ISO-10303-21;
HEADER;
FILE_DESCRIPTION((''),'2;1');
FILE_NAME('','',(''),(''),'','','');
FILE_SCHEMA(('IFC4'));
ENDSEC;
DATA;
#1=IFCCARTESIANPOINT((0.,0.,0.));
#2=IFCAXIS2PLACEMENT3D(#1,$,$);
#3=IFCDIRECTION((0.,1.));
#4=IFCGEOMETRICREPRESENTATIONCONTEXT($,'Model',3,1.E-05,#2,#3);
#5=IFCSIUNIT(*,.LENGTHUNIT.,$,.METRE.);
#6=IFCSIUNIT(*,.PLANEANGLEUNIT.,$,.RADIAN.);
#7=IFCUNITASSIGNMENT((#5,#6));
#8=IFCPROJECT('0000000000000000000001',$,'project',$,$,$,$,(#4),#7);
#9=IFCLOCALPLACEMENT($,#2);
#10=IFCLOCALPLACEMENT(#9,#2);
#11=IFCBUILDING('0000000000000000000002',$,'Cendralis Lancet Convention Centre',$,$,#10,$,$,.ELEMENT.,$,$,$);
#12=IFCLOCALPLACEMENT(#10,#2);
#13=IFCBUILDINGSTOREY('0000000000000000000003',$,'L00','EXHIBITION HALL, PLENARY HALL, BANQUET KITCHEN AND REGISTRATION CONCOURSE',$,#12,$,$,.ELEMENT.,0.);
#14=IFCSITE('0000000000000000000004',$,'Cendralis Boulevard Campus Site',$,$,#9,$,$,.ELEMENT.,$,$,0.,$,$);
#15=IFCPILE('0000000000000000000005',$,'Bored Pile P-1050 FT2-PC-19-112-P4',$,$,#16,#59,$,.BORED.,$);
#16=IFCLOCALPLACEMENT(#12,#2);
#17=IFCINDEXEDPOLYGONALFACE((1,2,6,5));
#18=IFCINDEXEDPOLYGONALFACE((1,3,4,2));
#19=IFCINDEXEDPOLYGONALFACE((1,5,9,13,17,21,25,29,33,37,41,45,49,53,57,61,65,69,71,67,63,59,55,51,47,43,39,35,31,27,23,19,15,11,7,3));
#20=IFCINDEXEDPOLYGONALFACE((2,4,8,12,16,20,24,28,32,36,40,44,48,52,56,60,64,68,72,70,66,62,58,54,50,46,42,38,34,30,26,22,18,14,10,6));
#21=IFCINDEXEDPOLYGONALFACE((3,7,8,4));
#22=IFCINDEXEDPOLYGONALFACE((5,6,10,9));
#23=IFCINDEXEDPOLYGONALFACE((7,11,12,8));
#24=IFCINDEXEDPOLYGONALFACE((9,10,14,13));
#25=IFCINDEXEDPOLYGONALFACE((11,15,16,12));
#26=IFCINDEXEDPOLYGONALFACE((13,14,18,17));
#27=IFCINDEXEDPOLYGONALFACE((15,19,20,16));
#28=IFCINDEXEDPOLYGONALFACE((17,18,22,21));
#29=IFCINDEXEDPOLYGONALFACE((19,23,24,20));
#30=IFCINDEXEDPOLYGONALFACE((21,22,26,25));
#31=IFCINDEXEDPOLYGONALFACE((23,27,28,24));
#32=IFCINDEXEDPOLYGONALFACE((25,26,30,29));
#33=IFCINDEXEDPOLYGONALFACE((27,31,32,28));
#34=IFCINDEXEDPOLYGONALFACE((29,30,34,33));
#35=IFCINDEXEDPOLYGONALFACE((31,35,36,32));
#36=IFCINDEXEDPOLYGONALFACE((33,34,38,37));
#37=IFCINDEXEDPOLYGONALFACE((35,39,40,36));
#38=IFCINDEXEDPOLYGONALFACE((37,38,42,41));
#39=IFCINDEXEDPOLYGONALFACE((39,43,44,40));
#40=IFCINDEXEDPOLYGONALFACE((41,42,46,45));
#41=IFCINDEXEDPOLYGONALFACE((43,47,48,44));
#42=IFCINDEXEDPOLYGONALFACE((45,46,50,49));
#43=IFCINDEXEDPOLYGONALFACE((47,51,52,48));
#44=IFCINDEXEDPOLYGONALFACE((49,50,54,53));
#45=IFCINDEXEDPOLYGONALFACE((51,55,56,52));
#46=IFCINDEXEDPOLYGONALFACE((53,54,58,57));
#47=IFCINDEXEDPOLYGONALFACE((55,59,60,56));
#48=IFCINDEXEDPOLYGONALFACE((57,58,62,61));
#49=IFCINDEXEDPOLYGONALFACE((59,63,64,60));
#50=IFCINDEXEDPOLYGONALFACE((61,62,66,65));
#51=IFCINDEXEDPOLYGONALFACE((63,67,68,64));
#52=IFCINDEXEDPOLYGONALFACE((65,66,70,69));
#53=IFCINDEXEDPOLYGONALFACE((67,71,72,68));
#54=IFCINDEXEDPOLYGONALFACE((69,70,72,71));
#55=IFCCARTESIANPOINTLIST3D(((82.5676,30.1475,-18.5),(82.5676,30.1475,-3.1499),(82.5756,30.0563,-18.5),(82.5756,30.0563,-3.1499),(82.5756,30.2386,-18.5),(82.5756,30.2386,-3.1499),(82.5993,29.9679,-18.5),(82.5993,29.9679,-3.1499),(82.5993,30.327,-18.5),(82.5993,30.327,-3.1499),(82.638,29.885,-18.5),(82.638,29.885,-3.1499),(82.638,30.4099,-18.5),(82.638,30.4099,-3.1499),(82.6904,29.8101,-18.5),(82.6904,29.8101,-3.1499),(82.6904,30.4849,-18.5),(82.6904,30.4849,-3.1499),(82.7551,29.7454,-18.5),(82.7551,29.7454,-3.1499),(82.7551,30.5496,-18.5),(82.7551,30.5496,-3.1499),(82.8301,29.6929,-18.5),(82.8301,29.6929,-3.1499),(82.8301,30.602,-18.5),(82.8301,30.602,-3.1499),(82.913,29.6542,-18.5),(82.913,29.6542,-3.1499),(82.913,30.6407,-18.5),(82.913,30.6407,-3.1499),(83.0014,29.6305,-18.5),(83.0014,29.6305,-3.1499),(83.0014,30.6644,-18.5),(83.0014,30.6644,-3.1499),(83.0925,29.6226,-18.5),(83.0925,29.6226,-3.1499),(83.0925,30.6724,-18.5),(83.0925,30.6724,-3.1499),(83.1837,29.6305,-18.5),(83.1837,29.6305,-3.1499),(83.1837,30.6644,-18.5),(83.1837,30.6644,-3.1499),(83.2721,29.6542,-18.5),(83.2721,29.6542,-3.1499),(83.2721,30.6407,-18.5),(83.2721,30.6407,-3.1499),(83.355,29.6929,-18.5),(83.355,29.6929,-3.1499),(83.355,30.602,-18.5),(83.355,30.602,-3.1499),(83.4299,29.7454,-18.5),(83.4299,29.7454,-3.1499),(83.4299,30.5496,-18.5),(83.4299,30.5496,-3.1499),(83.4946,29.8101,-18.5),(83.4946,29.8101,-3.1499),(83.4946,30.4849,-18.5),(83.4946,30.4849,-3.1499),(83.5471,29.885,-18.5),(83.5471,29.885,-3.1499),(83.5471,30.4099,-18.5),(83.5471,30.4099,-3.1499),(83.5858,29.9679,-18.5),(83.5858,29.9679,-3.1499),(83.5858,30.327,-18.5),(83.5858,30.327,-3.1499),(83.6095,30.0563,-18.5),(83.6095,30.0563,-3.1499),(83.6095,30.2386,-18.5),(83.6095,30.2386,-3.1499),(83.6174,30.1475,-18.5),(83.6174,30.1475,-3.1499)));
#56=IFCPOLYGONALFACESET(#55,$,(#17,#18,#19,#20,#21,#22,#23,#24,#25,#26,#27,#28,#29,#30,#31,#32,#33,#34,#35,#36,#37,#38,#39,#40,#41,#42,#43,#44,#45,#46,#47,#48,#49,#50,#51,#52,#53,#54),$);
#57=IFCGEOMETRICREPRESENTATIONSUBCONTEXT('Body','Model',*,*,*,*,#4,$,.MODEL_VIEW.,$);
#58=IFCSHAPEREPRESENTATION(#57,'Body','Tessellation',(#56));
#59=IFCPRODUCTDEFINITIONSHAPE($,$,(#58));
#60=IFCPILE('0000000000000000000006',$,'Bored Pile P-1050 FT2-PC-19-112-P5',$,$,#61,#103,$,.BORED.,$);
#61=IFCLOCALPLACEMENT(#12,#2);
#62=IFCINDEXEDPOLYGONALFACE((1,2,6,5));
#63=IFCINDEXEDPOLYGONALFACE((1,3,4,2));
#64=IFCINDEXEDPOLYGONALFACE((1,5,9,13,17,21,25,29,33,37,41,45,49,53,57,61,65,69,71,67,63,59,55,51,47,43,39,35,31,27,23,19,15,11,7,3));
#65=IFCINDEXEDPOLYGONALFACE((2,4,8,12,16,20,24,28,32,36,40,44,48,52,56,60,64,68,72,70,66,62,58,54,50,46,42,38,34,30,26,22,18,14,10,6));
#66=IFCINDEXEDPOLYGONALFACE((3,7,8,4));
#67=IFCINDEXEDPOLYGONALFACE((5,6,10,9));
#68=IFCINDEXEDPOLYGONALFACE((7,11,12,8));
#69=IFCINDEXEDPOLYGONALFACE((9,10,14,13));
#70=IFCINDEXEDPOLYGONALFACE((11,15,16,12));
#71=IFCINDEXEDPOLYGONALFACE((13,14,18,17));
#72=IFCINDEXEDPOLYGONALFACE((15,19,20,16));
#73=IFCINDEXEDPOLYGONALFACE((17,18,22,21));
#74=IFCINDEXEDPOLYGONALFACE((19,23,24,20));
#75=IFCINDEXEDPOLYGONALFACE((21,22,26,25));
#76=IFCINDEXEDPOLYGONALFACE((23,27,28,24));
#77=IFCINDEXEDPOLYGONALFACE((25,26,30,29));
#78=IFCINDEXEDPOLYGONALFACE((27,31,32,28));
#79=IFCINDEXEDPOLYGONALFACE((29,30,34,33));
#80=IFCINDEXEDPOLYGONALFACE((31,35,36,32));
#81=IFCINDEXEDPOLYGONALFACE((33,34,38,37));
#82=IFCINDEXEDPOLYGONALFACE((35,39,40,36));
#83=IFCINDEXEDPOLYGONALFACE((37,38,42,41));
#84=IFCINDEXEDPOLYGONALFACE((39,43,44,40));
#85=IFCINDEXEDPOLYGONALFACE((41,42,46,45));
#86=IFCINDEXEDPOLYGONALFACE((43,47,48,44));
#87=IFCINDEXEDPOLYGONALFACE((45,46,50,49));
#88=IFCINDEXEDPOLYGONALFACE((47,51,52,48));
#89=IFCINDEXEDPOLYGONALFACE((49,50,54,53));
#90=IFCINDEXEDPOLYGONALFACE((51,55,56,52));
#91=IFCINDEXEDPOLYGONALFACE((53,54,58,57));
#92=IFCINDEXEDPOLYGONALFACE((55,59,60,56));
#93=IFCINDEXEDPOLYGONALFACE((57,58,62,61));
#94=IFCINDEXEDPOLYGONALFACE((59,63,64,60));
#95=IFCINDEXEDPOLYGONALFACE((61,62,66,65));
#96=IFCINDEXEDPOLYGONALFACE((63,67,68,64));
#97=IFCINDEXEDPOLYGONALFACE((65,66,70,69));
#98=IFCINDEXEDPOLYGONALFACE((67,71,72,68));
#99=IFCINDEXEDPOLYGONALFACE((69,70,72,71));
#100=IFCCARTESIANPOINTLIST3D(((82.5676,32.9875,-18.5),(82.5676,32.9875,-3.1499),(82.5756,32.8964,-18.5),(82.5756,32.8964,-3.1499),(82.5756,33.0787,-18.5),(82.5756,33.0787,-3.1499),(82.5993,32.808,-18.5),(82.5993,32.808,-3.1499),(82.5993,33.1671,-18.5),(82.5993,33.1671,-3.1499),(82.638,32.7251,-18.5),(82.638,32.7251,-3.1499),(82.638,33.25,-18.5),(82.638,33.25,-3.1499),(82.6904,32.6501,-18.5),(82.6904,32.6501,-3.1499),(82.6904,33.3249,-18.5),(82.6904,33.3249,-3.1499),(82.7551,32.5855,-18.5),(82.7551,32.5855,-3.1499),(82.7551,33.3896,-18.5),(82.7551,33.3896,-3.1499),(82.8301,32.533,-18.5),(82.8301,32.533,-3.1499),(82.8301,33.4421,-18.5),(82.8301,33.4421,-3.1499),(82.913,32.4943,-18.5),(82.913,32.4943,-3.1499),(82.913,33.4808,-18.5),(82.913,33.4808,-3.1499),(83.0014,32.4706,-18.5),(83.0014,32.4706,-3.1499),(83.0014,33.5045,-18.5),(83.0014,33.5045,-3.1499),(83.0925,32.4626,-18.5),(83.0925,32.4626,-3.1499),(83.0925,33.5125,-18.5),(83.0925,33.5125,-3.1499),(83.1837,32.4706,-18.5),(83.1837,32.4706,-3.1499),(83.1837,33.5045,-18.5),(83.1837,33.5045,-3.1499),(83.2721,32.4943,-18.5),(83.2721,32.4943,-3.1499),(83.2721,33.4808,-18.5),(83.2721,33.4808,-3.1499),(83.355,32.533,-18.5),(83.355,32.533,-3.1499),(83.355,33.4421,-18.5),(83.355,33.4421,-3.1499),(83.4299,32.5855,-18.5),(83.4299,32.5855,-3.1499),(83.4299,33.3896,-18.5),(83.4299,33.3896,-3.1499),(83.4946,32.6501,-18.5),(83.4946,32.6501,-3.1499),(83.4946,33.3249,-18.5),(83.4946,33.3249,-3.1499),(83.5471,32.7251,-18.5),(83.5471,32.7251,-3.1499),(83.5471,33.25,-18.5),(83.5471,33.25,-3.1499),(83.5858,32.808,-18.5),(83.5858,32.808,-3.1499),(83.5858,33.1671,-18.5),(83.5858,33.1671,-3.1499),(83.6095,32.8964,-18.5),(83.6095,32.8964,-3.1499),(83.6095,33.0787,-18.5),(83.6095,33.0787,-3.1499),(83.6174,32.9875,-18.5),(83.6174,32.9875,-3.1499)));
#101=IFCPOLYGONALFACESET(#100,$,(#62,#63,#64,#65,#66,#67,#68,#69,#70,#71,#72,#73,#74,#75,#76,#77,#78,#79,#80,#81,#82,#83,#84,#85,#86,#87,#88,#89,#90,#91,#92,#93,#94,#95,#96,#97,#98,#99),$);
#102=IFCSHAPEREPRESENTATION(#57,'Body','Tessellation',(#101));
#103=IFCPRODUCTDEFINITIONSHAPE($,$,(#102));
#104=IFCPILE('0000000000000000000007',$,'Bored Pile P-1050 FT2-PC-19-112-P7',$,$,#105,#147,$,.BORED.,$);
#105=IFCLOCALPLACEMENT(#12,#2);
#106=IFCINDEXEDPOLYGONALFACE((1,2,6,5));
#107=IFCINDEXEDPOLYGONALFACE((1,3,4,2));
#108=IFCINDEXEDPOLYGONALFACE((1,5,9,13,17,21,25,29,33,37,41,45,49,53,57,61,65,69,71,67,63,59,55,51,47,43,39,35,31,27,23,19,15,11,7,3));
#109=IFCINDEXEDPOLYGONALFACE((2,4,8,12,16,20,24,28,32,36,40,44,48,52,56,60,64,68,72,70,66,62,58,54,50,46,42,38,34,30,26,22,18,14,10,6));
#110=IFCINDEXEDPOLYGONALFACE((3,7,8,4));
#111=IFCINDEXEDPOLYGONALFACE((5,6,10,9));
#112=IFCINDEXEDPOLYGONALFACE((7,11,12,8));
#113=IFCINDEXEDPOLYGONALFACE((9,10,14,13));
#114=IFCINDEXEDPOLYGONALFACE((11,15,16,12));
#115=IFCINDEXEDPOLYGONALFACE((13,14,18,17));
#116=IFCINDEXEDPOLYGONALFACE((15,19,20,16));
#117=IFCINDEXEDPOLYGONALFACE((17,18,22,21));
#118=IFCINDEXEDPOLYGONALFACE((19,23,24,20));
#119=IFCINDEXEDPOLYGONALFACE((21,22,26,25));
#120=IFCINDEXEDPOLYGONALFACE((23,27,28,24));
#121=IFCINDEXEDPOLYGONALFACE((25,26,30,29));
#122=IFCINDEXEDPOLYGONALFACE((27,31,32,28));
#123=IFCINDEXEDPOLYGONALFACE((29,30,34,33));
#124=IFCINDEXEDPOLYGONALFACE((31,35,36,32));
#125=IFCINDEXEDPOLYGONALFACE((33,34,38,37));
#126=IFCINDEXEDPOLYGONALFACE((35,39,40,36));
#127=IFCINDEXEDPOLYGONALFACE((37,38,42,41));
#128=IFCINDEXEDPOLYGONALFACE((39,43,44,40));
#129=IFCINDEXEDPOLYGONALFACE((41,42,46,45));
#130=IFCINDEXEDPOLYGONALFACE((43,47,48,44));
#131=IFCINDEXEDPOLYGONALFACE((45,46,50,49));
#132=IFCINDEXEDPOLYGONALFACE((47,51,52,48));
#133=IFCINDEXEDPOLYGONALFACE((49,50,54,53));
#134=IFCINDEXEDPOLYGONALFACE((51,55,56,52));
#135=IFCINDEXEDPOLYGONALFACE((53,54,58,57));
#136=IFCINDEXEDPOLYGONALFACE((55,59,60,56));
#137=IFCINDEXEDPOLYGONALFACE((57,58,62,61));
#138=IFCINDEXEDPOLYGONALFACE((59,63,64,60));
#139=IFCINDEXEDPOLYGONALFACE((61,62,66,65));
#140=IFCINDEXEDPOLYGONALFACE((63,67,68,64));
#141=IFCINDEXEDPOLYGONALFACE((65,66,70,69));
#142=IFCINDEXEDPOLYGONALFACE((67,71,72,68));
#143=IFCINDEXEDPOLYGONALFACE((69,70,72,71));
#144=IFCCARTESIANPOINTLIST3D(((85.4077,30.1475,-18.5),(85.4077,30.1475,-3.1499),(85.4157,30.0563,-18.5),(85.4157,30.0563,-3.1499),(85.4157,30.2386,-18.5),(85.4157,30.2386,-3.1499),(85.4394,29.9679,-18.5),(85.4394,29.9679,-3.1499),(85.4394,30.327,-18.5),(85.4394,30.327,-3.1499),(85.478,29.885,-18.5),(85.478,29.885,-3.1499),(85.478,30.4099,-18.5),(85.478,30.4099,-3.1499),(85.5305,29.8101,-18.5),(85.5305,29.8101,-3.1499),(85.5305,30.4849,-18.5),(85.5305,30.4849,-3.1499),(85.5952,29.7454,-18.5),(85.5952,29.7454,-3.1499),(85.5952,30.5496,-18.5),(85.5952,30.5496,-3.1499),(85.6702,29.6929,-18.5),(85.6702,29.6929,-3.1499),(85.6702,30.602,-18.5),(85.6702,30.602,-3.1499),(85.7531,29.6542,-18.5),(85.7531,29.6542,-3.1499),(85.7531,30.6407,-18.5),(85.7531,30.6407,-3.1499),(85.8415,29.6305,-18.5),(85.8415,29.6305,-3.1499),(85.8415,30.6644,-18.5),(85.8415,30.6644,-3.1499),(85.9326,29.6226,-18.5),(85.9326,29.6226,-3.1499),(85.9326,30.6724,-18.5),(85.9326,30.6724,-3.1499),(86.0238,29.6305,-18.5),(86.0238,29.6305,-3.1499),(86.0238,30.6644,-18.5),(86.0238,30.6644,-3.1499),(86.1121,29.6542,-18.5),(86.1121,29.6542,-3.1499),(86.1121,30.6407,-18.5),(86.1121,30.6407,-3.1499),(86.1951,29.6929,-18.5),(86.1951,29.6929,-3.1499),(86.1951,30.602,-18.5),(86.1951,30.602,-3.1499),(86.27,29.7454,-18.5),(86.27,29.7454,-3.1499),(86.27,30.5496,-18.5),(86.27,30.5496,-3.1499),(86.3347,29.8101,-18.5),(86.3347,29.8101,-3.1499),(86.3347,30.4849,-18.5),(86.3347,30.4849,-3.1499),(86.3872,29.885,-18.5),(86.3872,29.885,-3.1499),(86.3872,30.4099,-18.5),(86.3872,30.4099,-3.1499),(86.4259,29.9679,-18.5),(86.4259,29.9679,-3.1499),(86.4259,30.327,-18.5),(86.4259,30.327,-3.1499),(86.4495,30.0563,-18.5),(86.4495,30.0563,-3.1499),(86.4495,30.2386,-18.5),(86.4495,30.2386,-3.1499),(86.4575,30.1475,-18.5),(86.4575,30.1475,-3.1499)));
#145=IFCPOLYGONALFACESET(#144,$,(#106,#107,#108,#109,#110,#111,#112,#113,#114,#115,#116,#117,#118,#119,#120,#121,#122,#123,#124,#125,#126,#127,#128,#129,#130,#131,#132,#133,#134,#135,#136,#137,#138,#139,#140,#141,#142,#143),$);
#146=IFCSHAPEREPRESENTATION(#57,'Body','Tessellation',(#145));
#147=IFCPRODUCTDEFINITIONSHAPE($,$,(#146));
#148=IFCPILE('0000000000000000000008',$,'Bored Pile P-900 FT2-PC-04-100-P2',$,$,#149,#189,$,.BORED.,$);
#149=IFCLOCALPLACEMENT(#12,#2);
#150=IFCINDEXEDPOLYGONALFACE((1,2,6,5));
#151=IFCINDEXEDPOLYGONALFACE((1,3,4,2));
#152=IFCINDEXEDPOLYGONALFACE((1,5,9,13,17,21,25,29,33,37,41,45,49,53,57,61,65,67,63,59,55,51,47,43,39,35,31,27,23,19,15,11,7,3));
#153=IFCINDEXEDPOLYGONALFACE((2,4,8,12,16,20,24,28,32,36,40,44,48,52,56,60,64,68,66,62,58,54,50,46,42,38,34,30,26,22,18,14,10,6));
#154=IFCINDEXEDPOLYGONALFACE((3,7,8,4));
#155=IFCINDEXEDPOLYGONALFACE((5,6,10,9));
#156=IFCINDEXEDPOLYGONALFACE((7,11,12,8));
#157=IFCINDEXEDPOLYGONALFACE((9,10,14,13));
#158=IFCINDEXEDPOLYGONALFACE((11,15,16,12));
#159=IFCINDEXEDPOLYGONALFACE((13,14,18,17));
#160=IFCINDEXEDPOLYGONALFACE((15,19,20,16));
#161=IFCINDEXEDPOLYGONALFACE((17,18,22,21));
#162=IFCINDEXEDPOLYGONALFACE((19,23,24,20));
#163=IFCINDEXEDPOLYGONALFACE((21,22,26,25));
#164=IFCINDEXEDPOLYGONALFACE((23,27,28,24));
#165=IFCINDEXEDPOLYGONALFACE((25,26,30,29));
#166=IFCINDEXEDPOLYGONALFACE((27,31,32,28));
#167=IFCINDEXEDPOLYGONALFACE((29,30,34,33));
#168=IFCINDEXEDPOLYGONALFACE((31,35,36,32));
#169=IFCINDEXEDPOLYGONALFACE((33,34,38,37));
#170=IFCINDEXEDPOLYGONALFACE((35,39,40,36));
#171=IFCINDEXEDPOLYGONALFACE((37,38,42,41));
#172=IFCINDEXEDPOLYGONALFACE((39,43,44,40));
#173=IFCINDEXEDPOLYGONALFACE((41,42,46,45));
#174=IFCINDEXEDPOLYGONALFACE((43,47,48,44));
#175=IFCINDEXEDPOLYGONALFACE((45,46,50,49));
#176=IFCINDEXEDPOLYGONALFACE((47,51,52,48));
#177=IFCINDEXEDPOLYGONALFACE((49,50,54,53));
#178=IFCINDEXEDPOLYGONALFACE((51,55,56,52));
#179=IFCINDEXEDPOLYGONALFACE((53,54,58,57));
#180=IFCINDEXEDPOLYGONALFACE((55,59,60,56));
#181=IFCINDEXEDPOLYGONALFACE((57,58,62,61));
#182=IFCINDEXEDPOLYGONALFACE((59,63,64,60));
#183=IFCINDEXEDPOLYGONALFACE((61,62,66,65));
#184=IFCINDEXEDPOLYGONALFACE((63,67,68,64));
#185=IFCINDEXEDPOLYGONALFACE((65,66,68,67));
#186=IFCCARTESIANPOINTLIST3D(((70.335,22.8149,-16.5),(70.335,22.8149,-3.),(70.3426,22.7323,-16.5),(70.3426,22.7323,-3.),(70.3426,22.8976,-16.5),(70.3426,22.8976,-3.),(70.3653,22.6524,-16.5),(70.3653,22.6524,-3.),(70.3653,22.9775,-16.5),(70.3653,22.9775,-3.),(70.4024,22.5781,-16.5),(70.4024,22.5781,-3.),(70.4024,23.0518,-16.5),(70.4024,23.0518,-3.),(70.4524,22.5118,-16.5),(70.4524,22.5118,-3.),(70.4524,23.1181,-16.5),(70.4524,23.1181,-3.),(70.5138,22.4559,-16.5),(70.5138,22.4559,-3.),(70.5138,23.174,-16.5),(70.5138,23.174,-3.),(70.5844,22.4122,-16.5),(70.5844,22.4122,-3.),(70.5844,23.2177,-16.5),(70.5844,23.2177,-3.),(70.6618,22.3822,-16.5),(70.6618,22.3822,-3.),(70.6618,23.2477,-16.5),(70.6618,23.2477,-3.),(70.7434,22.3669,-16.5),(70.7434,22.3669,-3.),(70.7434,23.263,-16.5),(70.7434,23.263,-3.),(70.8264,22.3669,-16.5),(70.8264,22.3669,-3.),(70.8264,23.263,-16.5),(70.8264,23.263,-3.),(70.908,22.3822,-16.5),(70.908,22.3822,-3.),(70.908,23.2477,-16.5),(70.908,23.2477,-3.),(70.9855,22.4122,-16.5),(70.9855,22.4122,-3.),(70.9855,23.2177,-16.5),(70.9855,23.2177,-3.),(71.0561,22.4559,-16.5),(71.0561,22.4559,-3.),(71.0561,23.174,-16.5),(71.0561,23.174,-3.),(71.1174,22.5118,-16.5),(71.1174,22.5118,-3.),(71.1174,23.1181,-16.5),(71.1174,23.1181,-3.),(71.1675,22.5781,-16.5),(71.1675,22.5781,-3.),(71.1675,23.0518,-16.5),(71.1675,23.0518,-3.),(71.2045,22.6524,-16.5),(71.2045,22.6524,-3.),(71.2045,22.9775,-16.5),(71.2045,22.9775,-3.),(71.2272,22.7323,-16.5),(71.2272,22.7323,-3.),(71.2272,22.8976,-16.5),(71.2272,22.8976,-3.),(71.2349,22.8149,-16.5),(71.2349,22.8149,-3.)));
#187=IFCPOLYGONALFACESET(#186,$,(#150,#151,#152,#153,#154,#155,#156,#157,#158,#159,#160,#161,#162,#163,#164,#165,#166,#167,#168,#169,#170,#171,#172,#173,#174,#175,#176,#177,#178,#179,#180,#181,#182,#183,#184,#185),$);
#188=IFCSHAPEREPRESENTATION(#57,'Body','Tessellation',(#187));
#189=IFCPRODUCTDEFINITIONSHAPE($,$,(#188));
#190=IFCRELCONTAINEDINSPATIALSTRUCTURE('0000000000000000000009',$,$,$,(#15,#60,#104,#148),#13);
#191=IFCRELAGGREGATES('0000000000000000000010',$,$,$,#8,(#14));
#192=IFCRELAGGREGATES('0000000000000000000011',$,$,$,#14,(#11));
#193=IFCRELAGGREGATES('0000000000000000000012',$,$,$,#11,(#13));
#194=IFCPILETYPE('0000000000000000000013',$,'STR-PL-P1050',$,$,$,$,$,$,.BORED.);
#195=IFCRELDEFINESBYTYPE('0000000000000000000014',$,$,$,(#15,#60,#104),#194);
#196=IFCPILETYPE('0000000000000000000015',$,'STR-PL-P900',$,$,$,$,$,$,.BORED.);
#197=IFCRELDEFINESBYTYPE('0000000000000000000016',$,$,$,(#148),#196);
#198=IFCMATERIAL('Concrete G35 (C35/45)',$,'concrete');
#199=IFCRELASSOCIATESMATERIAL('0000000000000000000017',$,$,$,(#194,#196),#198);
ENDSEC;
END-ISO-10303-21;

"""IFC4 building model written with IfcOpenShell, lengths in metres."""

from ifc_helpers import new_model, si_unit, direction, frame, origin, origin_2d, place, context, subcontext, project, spatial, circle, extrude, material, material_profile, profile_set, type_object, element, save


model = new_model("IFC4")

# Units and contexts
model_context = context("Model", 3, precision=1e-05, world=origin(), true_north=direction((0.0, 1.0)))
body_context = subcontext(model_context, "Body", "Model", "MODEL_VIEW")
ifc_project = project(units=[si_unit("LENGTHUNIT", "METRE"), si_unit("PLANEANGLEUNIT", "RADIAN")], contexts=[model_context])

# Site, building, storey
site_placement = place(None, origin())
site = spatial("IfcSite", under=ifc_project, at=site_placement, Name="Cendralis Boulevard Campus Site", CompositionType="ELEMENT", RefElevation=0.0)
building_placement = place(site_placement, origin())
building = spatial("IfcBuilding", under=site, at=building_placement, Name="Cendralis Lancet Convention Centre", CompositionType="ELEMENT")
storey_placement = place(building_placement, origin())
storey = spatial("IfcBuildingStorey", under=building, at=storey_placement, Name="L00", Description="EXHIBITION HALL, PLENARY HALL, BANQUET KITCHEN AND REGISTRATION CONCOURSE", CompositionType="ELEMENT", Elevation=0.0)

# Shared definitions
ifc_material_1 = material(Name="Concrete G35 (C35/45)", Category="concrete")

# Piles
ifc_material_profile_1 = material_profile(ifc_material_1, circle(Radius=0.5249, at=origin_2d()), Name="BORED PILE D1050")
ifc_profile_set_1 = profile_set([ifc_material_profile_1], Name="Concrete G35 (C35/45)")
pile_type_1 = type_object("IfcPileType", Name="STR-PL-P1050", PredefinedType="BORED", material=ifc_profile_set_1)
for number, where, z_axis, x_axis, name in (
    (1, (83.0925, 30.1475, -3.1499), (0.0, 0.0, -1.0), (1.0, 0.0, 0.0), "Bored Pile P-1050 FT2-PC-19-112-P4"),
    (2, (83.0925, 32.9875, -3.1499), (0.0, 0.0, -1.0), (1.0, 0.0, 0.0), "Bored Pile P-1050 FT2-PC-19-112-P5"),
    (3, (85.9326, 30.1475, -3.1499), (0.0, 0.0, -1.0), (1.0, 0.0, 0.0), "Bored Pile P-1050 FT2-PC-19-112-P7"),
):
    element("IfcPile", number, at=place(storey_placement, frame(where, z_axis=z_axis, x_axis=x_axis)), inside=storey, type_object=pile_type_1, Name=name, PredefinedType="BORED", context=body_context, shape_type="SweptSolid", body=[
        extrude(circle(Radius=0.5249, at=origin_2d()), origin(), (0.0, 0.0, 1.0), 15.3501),
    ])
ifc_material_profile_2 = material_profile(ifc_material_1, circle(Radius=0.45, at=origin_2d()), Name="BORED PILE D900")
ifc_profile_set_2 = profile_set([ifc_material_profile_2], Name="Concrete G35 (C35/45)")
pile_type_2 = type_object("IfcPileType", Name="STR-PL-P900", PredefinedType="BORED", material=ifc_profile_set_2)
for number, where, z_axis, x_axis, name in (
    (4, (70.7849, 22.8149, -3.0), (0.0, 0.0, -1.0), (1.0, 0.0, 0.0), "Bored Pile P-900 FT2-PC-04-100-P2"),
):
    element("IfcPile", number, at=place(storey_placement, frame(where, z_axis=z_axis, x_axis=x_axis)), inside=storey, type_object=pile_type_2, Name=name, PredefinedType="BORED", context=body_context, shape_type="SweptSolid", body=[
        extrude(circle(Radius=0.45, at=origin_2d()), origin(), (0.0, 0.0, 1.0), 13.5),
    ])

save(model, "model.ifc")
